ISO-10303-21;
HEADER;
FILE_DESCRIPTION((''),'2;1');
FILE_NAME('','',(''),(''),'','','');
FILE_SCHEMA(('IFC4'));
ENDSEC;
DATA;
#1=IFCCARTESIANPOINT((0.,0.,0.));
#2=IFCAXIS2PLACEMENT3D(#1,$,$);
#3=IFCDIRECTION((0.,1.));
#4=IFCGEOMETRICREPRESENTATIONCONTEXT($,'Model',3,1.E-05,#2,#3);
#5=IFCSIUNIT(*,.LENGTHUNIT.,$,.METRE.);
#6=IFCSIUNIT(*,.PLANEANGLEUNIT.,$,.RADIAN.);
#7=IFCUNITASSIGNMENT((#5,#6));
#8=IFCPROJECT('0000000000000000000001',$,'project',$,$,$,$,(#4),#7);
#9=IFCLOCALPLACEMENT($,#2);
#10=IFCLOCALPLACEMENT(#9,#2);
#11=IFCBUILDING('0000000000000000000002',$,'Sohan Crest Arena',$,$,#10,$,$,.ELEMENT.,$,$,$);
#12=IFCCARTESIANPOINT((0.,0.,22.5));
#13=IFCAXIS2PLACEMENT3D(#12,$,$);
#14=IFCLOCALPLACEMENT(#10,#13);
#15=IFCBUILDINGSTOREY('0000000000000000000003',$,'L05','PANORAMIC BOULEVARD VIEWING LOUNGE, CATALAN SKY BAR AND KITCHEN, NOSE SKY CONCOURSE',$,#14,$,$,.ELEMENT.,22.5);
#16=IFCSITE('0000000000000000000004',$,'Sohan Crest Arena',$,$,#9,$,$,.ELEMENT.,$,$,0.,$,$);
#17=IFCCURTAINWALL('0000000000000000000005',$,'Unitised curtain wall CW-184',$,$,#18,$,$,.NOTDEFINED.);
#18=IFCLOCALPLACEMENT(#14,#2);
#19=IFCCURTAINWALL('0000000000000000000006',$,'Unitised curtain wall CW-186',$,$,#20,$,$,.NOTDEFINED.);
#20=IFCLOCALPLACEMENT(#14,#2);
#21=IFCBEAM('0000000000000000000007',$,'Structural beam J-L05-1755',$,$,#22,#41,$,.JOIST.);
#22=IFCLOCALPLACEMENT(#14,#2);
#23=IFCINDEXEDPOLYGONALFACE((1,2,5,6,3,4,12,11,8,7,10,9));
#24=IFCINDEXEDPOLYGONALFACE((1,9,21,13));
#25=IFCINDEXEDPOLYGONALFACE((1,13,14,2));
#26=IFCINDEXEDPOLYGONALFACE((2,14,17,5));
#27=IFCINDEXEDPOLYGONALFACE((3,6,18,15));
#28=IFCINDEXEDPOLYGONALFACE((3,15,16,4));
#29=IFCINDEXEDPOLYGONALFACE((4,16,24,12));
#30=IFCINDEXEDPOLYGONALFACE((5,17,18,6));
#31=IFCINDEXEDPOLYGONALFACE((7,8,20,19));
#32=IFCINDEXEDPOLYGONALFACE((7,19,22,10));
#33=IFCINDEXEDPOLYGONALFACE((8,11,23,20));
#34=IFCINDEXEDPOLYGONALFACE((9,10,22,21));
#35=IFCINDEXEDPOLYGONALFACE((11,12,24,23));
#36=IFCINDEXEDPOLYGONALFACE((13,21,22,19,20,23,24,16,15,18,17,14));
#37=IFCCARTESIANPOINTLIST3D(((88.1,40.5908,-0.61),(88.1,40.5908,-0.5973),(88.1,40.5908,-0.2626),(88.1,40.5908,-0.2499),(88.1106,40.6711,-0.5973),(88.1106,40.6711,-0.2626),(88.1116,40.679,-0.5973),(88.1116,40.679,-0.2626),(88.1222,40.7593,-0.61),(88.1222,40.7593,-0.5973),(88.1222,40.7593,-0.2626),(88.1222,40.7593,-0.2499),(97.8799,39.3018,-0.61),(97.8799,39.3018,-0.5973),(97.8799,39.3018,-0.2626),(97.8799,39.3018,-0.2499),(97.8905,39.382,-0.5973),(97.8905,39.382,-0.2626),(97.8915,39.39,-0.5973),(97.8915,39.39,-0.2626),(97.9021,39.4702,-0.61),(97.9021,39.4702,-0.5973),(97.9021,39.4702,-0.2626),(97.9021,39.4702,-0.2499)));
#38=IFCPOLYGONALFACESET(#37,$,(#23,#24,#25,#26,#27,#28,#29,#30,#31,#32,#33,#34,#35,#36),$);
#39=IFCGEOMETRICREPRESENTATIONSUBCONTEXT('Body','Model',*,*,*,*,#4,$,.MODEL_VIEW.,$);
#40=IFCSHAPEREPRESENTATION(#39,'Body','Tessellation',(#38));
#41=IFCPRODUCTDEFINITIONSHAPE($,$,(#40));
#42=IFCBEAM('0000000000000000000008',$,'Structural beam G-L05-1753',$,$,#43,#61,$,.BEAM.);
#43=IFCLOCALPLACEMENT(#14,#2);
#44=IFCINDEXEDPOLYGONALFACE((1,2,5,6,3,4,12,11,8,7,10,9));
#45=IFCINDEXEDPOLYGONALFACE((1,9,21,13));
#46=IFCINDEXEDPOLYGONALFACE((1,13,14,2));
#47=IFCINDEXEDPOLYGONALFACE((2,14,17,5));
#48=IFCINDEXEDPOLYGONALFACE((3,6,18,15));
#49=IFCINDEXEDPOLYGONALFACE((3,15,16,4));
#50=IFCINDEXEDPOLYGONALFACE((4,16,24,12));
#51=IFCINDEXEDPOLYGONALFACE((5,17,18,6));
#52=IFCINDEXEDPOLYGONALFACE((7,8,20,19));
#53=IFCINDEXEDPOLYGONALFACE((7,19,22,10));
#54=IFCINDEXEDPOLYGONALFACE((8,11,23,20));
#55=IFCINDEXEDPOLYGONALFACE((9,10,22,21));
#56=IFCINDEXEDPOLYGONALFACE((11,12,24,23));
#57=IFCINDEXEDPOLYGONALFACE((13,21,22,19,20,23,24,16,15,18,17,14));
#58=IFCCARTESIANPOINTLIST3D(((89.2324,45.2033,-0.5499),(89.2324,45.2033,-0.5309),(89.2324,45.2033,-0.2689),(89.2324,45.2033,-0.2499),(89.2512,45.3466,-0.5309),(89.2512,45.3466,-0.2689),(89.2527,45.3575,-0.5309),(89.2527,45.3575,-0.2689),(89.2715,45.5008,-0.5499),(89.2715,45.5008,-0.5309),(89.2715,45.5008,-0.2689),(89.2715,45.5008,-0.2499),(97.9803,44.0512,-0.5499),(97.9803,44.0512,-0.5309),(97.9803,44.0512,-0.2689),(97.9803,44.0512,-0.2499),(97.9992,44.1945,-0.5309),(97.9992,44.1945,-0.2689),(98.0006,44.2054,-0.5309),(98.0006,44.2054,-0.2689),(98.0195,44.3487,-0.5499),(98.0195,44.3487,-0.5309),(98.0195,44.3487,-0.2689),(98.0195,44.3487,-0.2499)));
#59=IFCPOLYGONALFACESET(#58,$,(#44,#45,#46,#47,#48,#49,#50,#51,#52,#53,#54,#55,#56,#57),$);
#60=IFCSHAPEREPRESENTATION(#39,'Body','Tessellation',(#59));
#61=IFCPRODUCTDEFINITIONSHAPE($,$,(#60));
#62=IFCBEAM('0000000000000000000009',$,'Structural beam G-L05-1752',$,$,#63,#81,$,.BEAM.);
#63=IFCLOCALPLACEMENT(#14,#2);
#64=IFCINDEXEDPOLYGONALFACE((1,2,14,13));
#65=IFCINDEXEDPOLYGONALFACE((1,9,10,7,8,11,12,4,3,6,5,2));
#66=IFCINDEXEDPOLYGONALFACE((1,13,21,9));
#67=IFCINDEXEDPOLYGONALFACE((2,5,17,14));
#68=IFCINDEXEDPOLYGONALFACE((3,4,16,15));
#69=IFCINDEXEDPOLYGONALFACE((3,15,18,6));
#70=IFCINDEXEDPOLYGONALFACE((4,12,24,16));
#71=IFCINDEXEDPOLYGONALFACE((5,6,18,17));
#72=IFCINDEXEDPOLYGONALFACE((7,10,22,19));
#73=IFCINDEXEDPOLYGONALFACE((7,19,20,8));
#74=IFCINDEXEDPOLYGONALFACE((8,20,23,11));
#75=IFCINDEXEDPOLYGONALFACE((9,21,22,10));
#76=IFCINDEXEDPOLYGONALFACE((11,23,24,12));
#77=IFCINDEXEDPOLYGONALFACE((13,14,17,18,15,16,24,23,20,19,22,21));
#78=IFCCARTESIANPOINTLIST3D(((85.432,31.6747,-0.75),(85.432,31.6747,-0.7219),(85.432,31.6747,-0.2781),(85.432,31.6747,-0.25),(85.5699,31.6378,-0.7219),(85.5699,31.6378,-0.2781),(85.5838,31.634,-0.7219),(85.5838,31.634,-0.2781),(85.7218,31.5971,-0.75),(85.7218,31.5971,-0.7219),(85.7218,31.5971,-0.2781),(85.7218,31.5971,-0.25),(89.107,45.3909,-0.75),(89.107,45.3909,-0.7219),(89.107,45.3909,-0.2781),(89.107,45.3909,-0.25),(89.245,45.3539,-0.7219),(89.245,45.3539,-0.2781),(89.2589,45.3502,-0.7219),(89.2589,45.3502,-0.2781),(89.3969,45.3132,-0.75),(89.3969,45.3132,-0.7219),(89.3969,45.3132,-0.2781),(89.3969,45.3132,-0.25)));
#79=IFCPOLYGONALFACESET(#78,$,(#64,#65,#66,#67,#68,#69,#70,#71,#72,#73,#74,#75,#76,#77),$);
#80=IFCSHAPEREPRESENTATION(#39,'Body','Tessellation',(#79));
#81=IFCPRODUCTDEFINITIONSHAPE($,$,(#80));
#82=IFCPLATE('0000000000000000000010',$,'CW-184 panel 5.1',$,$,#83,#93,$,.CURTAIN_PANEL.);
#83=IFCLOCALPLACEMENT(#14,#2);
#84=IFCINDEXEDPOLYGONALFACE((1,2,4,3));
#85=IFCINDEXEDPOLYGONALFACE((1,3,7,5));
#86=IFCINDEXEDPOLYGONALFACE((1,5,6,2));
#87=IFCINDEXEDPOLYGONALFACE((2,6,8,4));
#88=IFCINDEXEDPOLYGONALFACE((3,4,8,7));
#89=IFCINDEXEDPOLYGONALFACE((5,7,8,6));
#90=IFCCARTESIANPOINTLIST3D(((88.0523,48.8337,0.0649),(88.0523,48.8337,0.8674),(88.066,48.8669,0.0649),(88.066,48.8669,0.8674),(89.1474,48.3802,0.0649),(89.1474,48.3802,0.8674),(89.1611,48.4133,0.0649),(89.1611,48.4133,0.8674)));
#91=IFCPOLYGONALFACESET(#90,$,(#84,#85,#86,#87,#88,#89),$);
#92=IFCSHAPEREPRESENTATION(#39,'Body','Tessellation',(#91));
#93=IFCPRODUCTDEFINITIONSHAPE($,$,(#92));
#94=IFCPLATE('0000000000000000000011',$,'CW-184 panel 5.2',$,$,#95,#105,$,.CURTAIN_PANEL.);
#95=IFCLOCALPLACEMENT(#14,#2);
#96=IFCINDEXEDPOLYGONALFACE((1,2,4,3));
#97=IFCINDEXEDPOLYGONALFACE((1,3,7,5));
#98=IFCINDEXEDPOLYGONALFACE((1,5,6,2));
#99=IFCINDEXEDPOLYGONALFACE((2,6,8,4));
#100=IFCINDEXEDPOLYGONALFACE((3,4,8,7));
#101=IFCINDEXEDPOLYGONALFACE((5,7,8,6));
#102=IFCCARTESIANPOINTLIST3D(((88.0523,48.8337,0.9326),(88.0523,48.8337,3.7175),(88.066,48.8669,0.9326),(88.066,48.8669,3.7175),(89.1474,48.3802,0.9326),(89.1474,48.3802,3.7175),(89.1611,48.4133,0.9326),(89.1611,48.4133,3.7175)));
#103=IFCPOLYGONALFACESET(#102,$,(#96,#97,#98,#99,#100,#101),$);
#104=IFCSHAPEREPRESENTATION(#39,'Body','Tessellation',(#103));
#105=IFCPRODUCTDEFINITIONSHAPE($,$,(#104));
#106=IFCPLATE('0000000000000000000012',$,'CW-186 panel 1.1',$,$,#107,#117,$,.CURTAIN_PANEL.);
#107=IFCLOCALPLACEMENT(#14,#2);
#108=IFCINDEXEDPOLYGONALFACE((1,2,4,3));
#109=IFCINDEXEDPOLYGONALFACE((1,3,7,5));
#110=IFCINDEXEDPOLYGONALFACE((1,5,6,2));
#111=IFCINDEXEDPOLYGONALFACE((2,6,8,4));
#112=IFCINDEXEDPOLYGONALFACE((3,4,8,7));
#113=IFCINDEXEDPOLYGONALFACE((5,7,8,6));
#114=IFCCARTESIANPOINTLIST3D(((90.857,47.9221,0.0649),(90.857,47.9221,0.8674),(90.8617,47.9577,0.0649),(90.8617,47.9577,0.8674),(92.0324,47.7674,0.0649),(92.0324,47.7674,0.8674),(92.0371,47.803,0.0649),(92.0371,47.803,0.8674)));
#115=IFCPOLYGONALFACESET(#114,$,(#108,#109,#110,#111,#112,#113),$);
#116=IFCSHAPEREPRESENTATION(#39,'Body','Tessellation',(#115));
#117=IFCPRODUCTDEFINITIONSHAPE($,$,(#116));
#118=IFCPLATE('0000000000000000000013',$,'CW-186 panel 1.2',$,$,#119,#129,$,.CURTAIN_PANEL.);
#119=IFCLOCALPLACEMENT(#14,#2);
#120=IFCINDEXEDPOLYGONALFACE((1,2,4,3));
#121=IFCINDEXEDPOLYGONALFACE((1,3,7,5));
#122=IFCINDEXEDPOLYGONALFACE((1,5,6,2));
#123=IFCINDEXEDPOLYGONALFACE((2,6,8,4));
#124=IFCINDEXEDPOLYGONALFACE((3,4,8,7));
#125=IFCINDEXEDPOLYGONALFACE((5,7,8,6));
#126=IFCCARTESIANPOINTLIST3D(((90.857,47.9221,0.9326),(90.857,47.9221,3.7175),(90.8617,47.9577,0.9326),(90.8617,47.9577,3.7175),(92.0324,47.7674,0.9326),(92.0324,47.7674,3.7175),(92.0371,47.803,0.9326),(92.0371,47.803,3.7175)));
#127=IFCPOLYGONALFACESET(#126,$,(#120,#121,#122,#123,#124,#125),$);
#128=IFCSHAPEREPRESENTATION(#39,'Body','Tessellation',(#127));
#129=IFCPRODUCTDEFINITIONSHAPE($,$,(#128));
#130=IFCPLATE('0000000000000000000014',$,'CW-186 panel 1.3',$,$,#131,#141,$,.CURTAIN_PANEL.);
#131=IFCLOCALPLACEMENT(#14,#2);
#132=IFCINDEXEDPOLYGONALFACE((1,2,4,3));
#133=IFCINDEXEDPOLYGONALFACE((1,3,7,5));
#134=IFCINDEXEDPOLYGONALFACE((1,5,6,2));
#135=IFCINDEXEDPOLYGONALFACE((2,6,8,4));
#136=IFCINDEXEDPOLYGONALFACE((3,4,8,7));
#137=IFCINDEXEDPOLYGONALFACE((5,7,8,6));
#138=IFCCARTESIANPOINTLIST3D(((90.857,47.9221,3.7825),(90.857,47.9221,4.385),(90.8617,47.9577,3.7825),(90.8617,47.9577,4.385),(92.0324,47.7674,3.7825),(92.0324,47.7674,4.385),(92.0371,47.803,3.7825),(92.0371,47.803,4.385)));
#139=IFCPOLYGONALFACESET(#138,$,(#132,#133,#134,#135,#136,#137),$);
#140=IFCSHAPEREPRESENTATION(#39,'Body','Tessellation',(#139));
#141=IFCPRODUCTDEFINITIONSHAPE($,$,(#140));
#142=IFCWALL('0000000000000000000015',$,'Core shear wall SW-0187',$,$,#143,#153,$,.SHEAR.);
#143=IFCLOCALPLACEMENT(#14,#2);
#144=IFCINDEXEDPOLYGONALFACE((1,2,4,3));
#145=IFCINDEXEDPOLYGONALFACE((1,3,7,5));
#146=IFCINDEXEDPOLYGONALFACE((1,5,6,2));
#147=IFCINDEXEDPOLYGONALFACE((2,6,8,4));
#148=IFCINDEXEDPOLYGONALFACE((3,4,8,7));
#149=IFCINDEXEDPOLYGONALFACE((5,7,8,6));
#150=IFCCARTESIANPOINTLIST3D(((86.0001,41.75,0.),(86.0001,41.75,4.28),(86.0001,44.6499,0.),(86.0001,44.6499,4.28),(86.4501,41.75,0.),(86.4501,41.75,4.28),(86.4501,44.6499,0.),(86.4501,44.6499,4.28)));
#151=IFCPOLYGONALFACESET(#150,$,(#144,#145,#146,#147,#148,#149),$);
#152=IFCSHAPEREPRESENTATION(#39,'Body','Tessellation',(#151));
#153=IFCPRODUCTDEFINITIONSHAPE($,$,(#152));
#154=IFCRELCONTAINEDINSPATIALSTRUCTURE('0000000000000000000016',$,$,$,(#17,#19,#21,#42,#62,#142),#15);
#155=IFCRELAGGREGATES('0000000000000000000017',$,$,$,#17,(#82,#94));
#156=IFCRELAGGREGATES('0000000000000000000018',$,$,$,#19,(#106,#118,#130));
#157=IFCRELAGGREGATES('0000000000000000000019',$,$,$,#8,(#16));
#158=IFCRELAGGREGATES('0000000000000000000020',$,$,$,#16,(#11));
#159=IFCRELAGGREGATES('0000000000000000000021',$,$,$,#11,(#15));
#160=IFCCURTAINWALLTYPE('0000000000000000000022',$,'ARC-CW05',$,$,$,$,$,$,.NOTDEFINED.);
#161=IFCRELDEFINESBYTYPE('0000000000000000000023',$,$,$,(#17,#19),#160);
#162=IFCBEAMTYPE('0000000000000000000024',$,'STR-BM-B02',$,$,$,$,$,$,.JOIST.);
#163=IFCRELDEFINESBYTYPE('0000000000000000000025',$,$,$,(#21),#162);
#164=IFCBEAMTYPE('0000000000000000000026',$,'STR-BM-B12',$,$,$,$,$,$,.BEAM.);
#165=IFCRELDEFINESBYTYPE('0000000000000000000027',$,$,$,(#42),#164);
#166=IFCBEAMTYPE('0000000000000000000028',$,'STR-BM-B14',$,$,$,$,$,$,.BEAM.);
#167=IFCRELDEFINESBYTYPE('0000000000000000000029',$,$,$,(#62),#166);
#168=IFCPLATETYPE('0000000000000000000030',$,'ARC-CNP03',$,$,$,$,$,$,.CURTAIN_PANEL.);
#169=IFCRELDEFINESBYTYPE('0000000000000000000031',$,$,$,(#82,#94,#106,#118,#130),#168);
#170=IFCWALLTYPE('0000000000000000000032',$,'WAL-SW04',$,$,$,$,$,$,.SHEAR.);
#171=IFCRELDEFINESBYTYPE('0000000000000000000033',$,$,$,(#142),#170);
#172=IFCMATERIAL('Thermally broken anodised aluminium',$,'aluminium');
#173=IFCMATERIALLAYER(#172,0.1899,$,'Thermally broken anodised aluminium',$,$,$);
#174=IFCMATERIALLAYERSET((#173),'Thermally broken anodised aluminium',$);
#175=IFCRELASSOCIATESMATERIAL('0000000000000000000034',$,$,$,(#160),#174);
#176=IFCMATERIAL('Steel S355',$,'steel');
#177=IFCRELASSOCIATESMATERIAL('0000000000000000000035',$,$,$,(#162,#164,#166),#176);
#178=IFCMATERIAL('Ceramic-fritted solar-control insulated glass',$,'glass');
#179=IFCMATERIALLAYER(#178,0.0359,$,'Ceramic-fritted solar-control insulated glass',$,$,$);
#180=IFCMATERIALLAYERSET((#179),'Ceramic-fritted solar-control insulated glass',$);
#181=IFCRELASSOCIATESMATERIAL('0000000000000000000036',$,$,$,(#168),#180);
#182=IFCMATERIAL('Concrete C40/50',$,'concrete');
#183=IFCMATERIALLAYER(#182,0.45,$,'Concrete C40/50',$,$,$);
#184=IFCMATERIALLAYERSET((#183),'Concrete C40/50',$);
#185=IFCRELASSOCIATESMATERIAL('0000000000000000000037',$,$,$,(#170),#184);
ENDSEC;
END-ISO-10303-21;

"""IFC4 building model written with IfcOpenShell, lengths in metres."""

from ifc_helpers import new_model, si_unit, direction, frame, frame_2d, origin, origin_2d, place, context, subcontext, project, spatial, rectangle, i_section, extrude, material, layer, layer_set, material_profile, profile_set, type_object, element, aggregate, save


model = new_model("IFC4")

# Units and contexts
model_context = context("Model", 3, precision=1e-05, world=origin(), true_north=direction((0.0, 1.0)))
body_context = subcontext(model_context, "Body", "Model", "MODEL_VIEW")
ifc_project = project(units=[si_unit("LENGTHUNIT", "METRE"), si_unit("PLANEANGLEUNIT", "RADIAN")], contexts=[model_context])

# Site, building, storey
site_placement = place(None, origin())
site = spatial("IfcSite", under=ifc_project, at=site_placement, Name="Sohan Crest Arena", CompositionType="ELEMENT", RefElevation=0.0)
building_placement = place(site_placement, origin())
building = spatial("IfcBuilding", under=site, at=building_placement, Name="Sohan Crest Arena", CompositionType="ELEMENT")
storey_placement = place(building_placement, frame((0.0, 0.0, 22.5)))
storey = spatial("IfcBuildingStorey", under=building, at=storey_placement, Name="L05", Description="PANORAMIC BOULEVARD VIEWING LOUNGE, CATALAN SKY BAR AND KITCHEN, NOSE SKY CONCOURSE", CompositionType="ELEMENT", Elevation=22.5)

# Shared definitions
ifc_material_1 = material(Name="Concrete C40/50", Category="concrete")
ifc_material_2 = material(Name="Steel S355", Category="steel")

# Curtain wall
ifc_material_3 = material(Name="Thermally broken anodised aluminium", Category="aluminium")
ifc_layer_1 = layer(ifc_material_3, 0.1899, Name="Thermally broken anodised aluminium")
ifc_layer_set_1 = layer_set([ifc_layer_1], Name="Thermally broken anodised aluminium")
curtain_wall_type = type_object("IfcCurtainWallType", Name="ARC-CW05", PredefinedType="NOTDEFINED", material=ifc_layer_set_1)
curtain_wall_1_placement = place(storey_placement, origin())
curtain_wall_1 = element("IfcCurtainWall", 1, at=curtain_wall_1_placement, inside=storey, type_object=curtain_wall_type, Name="Unitised curtain wall CW-184", PredefinedType="NOTDEFINED")

# Curtain wall
curtain_wall_2_placement = place(storey_placement, origin())
curtain_wall_2 = element("IfcCurtainWall", 2, at=curtain_wall_2_placement, inside=storey, type_object=curtain_wall_type, Name="Unitised curtain wall CW-186", PredefinedType="NOTDEFINED")

# Beams
ifc_material_profile_1 = material_profile(ifc_material_2, i_section(OverallWidth=0.1699, OverallDepth=0.3601, WebThickness=0.0081, FlangeThickness=0.0127, at=origin_2d()), Name="IPE 360")
ifc_profile_set_1 = profile_set([ifc_material_profile_1], Name="Steel S355")
beam_type_1 = type_object("IfcBeamType", Name="STR-BM-B02", PredefinedType="JOIST", material=ifc_profile_set_1)
beam_1_placement = place(storey_placement, frame((88.1111, 40.675, -0.4299), z_axis=(0.991425, -0.130675, 0.0), x_axis=(0.130675, 0.991425, 0.0)))
element("IfcBeam", 3, at=beam_1_placement, inside=storey, type_object=beam_type_1, Name="Structural beam J-L05-1755", PredefinedType="JOIST", context=body_context, shape_type="SweptSolid", body=[
    extrude(i_section(OverallWidth=0.1699, OverallDepth=0.3601, WebThickness=0.0081, FlangeThickness=0.0127, at=origin_2d()), origin(), (0.0, 0.0, 1.0), 9.8645),
])
ifc_material_profile_2 = material_profile(ifc_material_2, i_section(OverallWidth=0.3, OverallDepth=0.3, WebThickness=0.011, FlangeThickness=0.019, at=origin_2d()), Name="HEB 300")
ifc_profile_set_2 = profile_set([ifc_material_profile_2], Name="Steel S355")
beam_type_2 = type_object("IfcBeamType", Name="STR-BM-B12", PredefinedType="BEAM", material=ifc_profile_set_2)
beam_2_placement = place(storey_placement, frame((89.252, 45.3521, -0.3999), z_axis=(0.991439, -0.13057, 0.0), x_axis=(0.13057, 0.991439, 0.0)))
element("IfcBeam", 4, at=beam_2_placement, inside=storey, type_object=beam_type_2, Name="Structural beam G-L05-1753", PredefinedType="BEAM", context=body_context, shape_type="SweptSolid", body=[
    extrude(i_section(OverallWidth=0.3, OverallDepth=0.3, WebThickness=0.011, FlangeThickness=0.019, at=origin_2d()), origin(), (0.0, 0.0, 1.0), 8.8235),
])
ifc_material_profile_3 = material_profile(ifc_material_2, i_section(OverallWidth=0.3, OverallDepth=0.5, WebThickness=0.0144, FlangeThickness=0.0281, at=origin_2d()), Name="HEB 500")
ifc_profile_set_3 = profile_set([ifc_material_profile_3], Name="Steel S355")
beam_type_3 = type_object("IfcBeamType", Name="STR-BM-B14", PredefinedType="BEAM", material=ifc_profile_set_3)
beam_3_placement = place(storey_placement, frame((89.252, 45.3521, -0.5), z_axis=(-0.258809, -0.965929, 0.0), x_axis=(0.965929, -0.258809, 0.0)))
element("IfcBeam", 5, at=beam_3_placement, inside=storey, type_object=beam_type_3, Name="Structural beam G-L05-1752", PredefinedType="BEAM", context=body_context, shape_type="SweptSolid", body=[
    extrude(i_section(OverallWidth=0.3, OverallDepth=0.5, WebThickness=0.0144, FlangeThickness=0.0281, at=origin_2d()), origin(), (0.0, 0.0, 1.0), 14.2),
])

# Plates
ifc_material_4 = material(Name="Ceramic-fritted solar-control insulated glass", Category="glass")
ifc_layer_2 = layer(ifc_material_4, 0.0359, Name="Ceramic-fritted solar-control insulated glass")
ifc_layer_set_2 = layer_set([ifc_layer_2], Name="Ceramic-fritted solar-control insulated glass")
plate_type = type_object("IfcPlateType", Name="ARC-CNP03", PredefinedType="CURTAIN_PANEL", material=ifc_layer_set_2)
plate_1_placement = place(storey_placement, frame((88.6067, 48.6235, 0.0649), z_axis=(0.0, 0.0, 1.0), x_axis=(0.923886, -0.382667, 0.0)))
plate_1 = element("IfcPlate", 6, at=plate_1_placement, type_object=plate_type, Name="CW-184 panel 5.1", PredefinedType="CURTAIN_PANEL", context=body_context, shape_type="SweptSolid", body=[
    extrude(rectangle(XDim=1.1853, YDim=0.0359, at=origin_2d()), origin(), (0.0, 0.0, 1.0), 0.8025),
])
plate_2_placement = place(storey_placement, frame((88.6067, 48.6235, 0.9326), z_axis=(0.0, 0.0, 1.0), x_axis=(0.923886, -0.382667, 0.0)))
plate_2 = element("IfcPlate", 7, at=plate_2_placement, type_object=plate_type, Name="CW-184 panel 5.2", PredefinedType="CURTAIN_PANEL", context=body_context, shape_type="SweptSolid", body=[
    extrude(rectangle(XDim=1.1853, YDim=0.0359, at=origin_2d()), origin(), (0.0, 0.0, 1.0), 2.7849),
])
aggregate(curtain_wall_1, [plate_1, plate_2])
plate_3_placement = place(storey_placement, frame((91.447, 47.8625, 0.0649), z_axis=(0.0, 0.0, 1.0), x_axis=(0.991448, -0.130499, 0.0)))
plate_3 = element("IfcPlate", 8, at=plate_3_placement, type_object=plate_type, Name="CW-186 panel 1.1", PredefinedType="CURTAIN_PANEL", context=body_context, shape_type="SweptSolid", body=[
    extrude(rectangle(XDim=1.1855, YDim=0.0359, at=origin_2d()), origin(), (0.0, 0.0, 1.0), 0.8025),
])
plate_4_placement = place(storey_placement, frame((91.447, 47.8625, 0.9326), z_axis=(0.0, 0.0, 1.0), x_axis=(0.991448, -0.130499, 0.0)))
plate_4 = element("IfcPlate", 9, at=plate_4_placement, type_object=plate_type, Name="CW-186 panel 1.2", PredefinedType="CURTAIN_PANEL", context=body_context, shape_type="SweptSolid", body=[
    extrude(rectangle(XDim=1.1855, YDim=0.0359, at=origin_2d()), origin(), (0.0, 0.0, 1.0), 2.7849),
])
plate_5_placement = place(storey_placement, frame((91.447, 47.8625, 3.7825), z_axis=(0.0, 0.0, 1.0), x_axis=(0.991448, -0.130499, 0.0)))
plate_5 = element("IfcPlate", 10, at=plate_5_placement, type_object=plate_type, Name="CW-186 panel 1.3", PredefinedType="CURTAIN_PANEL", context=body_context, shape_type="SweptSolid", body=[
    extrude(rectangle(XDim=1.1855, YDim=0.0359, at=origin_2d()), origin(), (0.0, 0.0, 1.0), 0.6025),
])
aggregate(curtain_wall_2, [plate_3, plate_4, plate_5])

# Wall
ifc_layer_3 = layer(ifc_material_1, 0.45, Name="Concrete C40/50")
ifc_layer_set_3 = layer_set([ifc_layer_3], Name="Concrete C40/50")
wall_type = type_object("IfcWallType", Name="WAL-SW04", PredefinedType="SHEAR", material=ifc_layer_set_3)
wall_placement = place(storey_placement, frame((86.2251, 41.75, 0.0), z_axis=(0.0, 0.0, 1.0), x_axis=(0.0, 1.0, 0.0)))
element("IfcWall", 11, at=wall_placement, inside=storey, type_object=wall_type, Name="Core shear wall SW-0187", PredefinedType="SHEAR", context=body_context, shape_type="SweptSolid", body=[
    extrude(rectangle(XDim=2.8999, YDim=0.45, at=frame_2d((1.45, 0.0))), origin(), (0.0, 0.0, 1.0), 4.28),
])

save(model, "model.ifc")
